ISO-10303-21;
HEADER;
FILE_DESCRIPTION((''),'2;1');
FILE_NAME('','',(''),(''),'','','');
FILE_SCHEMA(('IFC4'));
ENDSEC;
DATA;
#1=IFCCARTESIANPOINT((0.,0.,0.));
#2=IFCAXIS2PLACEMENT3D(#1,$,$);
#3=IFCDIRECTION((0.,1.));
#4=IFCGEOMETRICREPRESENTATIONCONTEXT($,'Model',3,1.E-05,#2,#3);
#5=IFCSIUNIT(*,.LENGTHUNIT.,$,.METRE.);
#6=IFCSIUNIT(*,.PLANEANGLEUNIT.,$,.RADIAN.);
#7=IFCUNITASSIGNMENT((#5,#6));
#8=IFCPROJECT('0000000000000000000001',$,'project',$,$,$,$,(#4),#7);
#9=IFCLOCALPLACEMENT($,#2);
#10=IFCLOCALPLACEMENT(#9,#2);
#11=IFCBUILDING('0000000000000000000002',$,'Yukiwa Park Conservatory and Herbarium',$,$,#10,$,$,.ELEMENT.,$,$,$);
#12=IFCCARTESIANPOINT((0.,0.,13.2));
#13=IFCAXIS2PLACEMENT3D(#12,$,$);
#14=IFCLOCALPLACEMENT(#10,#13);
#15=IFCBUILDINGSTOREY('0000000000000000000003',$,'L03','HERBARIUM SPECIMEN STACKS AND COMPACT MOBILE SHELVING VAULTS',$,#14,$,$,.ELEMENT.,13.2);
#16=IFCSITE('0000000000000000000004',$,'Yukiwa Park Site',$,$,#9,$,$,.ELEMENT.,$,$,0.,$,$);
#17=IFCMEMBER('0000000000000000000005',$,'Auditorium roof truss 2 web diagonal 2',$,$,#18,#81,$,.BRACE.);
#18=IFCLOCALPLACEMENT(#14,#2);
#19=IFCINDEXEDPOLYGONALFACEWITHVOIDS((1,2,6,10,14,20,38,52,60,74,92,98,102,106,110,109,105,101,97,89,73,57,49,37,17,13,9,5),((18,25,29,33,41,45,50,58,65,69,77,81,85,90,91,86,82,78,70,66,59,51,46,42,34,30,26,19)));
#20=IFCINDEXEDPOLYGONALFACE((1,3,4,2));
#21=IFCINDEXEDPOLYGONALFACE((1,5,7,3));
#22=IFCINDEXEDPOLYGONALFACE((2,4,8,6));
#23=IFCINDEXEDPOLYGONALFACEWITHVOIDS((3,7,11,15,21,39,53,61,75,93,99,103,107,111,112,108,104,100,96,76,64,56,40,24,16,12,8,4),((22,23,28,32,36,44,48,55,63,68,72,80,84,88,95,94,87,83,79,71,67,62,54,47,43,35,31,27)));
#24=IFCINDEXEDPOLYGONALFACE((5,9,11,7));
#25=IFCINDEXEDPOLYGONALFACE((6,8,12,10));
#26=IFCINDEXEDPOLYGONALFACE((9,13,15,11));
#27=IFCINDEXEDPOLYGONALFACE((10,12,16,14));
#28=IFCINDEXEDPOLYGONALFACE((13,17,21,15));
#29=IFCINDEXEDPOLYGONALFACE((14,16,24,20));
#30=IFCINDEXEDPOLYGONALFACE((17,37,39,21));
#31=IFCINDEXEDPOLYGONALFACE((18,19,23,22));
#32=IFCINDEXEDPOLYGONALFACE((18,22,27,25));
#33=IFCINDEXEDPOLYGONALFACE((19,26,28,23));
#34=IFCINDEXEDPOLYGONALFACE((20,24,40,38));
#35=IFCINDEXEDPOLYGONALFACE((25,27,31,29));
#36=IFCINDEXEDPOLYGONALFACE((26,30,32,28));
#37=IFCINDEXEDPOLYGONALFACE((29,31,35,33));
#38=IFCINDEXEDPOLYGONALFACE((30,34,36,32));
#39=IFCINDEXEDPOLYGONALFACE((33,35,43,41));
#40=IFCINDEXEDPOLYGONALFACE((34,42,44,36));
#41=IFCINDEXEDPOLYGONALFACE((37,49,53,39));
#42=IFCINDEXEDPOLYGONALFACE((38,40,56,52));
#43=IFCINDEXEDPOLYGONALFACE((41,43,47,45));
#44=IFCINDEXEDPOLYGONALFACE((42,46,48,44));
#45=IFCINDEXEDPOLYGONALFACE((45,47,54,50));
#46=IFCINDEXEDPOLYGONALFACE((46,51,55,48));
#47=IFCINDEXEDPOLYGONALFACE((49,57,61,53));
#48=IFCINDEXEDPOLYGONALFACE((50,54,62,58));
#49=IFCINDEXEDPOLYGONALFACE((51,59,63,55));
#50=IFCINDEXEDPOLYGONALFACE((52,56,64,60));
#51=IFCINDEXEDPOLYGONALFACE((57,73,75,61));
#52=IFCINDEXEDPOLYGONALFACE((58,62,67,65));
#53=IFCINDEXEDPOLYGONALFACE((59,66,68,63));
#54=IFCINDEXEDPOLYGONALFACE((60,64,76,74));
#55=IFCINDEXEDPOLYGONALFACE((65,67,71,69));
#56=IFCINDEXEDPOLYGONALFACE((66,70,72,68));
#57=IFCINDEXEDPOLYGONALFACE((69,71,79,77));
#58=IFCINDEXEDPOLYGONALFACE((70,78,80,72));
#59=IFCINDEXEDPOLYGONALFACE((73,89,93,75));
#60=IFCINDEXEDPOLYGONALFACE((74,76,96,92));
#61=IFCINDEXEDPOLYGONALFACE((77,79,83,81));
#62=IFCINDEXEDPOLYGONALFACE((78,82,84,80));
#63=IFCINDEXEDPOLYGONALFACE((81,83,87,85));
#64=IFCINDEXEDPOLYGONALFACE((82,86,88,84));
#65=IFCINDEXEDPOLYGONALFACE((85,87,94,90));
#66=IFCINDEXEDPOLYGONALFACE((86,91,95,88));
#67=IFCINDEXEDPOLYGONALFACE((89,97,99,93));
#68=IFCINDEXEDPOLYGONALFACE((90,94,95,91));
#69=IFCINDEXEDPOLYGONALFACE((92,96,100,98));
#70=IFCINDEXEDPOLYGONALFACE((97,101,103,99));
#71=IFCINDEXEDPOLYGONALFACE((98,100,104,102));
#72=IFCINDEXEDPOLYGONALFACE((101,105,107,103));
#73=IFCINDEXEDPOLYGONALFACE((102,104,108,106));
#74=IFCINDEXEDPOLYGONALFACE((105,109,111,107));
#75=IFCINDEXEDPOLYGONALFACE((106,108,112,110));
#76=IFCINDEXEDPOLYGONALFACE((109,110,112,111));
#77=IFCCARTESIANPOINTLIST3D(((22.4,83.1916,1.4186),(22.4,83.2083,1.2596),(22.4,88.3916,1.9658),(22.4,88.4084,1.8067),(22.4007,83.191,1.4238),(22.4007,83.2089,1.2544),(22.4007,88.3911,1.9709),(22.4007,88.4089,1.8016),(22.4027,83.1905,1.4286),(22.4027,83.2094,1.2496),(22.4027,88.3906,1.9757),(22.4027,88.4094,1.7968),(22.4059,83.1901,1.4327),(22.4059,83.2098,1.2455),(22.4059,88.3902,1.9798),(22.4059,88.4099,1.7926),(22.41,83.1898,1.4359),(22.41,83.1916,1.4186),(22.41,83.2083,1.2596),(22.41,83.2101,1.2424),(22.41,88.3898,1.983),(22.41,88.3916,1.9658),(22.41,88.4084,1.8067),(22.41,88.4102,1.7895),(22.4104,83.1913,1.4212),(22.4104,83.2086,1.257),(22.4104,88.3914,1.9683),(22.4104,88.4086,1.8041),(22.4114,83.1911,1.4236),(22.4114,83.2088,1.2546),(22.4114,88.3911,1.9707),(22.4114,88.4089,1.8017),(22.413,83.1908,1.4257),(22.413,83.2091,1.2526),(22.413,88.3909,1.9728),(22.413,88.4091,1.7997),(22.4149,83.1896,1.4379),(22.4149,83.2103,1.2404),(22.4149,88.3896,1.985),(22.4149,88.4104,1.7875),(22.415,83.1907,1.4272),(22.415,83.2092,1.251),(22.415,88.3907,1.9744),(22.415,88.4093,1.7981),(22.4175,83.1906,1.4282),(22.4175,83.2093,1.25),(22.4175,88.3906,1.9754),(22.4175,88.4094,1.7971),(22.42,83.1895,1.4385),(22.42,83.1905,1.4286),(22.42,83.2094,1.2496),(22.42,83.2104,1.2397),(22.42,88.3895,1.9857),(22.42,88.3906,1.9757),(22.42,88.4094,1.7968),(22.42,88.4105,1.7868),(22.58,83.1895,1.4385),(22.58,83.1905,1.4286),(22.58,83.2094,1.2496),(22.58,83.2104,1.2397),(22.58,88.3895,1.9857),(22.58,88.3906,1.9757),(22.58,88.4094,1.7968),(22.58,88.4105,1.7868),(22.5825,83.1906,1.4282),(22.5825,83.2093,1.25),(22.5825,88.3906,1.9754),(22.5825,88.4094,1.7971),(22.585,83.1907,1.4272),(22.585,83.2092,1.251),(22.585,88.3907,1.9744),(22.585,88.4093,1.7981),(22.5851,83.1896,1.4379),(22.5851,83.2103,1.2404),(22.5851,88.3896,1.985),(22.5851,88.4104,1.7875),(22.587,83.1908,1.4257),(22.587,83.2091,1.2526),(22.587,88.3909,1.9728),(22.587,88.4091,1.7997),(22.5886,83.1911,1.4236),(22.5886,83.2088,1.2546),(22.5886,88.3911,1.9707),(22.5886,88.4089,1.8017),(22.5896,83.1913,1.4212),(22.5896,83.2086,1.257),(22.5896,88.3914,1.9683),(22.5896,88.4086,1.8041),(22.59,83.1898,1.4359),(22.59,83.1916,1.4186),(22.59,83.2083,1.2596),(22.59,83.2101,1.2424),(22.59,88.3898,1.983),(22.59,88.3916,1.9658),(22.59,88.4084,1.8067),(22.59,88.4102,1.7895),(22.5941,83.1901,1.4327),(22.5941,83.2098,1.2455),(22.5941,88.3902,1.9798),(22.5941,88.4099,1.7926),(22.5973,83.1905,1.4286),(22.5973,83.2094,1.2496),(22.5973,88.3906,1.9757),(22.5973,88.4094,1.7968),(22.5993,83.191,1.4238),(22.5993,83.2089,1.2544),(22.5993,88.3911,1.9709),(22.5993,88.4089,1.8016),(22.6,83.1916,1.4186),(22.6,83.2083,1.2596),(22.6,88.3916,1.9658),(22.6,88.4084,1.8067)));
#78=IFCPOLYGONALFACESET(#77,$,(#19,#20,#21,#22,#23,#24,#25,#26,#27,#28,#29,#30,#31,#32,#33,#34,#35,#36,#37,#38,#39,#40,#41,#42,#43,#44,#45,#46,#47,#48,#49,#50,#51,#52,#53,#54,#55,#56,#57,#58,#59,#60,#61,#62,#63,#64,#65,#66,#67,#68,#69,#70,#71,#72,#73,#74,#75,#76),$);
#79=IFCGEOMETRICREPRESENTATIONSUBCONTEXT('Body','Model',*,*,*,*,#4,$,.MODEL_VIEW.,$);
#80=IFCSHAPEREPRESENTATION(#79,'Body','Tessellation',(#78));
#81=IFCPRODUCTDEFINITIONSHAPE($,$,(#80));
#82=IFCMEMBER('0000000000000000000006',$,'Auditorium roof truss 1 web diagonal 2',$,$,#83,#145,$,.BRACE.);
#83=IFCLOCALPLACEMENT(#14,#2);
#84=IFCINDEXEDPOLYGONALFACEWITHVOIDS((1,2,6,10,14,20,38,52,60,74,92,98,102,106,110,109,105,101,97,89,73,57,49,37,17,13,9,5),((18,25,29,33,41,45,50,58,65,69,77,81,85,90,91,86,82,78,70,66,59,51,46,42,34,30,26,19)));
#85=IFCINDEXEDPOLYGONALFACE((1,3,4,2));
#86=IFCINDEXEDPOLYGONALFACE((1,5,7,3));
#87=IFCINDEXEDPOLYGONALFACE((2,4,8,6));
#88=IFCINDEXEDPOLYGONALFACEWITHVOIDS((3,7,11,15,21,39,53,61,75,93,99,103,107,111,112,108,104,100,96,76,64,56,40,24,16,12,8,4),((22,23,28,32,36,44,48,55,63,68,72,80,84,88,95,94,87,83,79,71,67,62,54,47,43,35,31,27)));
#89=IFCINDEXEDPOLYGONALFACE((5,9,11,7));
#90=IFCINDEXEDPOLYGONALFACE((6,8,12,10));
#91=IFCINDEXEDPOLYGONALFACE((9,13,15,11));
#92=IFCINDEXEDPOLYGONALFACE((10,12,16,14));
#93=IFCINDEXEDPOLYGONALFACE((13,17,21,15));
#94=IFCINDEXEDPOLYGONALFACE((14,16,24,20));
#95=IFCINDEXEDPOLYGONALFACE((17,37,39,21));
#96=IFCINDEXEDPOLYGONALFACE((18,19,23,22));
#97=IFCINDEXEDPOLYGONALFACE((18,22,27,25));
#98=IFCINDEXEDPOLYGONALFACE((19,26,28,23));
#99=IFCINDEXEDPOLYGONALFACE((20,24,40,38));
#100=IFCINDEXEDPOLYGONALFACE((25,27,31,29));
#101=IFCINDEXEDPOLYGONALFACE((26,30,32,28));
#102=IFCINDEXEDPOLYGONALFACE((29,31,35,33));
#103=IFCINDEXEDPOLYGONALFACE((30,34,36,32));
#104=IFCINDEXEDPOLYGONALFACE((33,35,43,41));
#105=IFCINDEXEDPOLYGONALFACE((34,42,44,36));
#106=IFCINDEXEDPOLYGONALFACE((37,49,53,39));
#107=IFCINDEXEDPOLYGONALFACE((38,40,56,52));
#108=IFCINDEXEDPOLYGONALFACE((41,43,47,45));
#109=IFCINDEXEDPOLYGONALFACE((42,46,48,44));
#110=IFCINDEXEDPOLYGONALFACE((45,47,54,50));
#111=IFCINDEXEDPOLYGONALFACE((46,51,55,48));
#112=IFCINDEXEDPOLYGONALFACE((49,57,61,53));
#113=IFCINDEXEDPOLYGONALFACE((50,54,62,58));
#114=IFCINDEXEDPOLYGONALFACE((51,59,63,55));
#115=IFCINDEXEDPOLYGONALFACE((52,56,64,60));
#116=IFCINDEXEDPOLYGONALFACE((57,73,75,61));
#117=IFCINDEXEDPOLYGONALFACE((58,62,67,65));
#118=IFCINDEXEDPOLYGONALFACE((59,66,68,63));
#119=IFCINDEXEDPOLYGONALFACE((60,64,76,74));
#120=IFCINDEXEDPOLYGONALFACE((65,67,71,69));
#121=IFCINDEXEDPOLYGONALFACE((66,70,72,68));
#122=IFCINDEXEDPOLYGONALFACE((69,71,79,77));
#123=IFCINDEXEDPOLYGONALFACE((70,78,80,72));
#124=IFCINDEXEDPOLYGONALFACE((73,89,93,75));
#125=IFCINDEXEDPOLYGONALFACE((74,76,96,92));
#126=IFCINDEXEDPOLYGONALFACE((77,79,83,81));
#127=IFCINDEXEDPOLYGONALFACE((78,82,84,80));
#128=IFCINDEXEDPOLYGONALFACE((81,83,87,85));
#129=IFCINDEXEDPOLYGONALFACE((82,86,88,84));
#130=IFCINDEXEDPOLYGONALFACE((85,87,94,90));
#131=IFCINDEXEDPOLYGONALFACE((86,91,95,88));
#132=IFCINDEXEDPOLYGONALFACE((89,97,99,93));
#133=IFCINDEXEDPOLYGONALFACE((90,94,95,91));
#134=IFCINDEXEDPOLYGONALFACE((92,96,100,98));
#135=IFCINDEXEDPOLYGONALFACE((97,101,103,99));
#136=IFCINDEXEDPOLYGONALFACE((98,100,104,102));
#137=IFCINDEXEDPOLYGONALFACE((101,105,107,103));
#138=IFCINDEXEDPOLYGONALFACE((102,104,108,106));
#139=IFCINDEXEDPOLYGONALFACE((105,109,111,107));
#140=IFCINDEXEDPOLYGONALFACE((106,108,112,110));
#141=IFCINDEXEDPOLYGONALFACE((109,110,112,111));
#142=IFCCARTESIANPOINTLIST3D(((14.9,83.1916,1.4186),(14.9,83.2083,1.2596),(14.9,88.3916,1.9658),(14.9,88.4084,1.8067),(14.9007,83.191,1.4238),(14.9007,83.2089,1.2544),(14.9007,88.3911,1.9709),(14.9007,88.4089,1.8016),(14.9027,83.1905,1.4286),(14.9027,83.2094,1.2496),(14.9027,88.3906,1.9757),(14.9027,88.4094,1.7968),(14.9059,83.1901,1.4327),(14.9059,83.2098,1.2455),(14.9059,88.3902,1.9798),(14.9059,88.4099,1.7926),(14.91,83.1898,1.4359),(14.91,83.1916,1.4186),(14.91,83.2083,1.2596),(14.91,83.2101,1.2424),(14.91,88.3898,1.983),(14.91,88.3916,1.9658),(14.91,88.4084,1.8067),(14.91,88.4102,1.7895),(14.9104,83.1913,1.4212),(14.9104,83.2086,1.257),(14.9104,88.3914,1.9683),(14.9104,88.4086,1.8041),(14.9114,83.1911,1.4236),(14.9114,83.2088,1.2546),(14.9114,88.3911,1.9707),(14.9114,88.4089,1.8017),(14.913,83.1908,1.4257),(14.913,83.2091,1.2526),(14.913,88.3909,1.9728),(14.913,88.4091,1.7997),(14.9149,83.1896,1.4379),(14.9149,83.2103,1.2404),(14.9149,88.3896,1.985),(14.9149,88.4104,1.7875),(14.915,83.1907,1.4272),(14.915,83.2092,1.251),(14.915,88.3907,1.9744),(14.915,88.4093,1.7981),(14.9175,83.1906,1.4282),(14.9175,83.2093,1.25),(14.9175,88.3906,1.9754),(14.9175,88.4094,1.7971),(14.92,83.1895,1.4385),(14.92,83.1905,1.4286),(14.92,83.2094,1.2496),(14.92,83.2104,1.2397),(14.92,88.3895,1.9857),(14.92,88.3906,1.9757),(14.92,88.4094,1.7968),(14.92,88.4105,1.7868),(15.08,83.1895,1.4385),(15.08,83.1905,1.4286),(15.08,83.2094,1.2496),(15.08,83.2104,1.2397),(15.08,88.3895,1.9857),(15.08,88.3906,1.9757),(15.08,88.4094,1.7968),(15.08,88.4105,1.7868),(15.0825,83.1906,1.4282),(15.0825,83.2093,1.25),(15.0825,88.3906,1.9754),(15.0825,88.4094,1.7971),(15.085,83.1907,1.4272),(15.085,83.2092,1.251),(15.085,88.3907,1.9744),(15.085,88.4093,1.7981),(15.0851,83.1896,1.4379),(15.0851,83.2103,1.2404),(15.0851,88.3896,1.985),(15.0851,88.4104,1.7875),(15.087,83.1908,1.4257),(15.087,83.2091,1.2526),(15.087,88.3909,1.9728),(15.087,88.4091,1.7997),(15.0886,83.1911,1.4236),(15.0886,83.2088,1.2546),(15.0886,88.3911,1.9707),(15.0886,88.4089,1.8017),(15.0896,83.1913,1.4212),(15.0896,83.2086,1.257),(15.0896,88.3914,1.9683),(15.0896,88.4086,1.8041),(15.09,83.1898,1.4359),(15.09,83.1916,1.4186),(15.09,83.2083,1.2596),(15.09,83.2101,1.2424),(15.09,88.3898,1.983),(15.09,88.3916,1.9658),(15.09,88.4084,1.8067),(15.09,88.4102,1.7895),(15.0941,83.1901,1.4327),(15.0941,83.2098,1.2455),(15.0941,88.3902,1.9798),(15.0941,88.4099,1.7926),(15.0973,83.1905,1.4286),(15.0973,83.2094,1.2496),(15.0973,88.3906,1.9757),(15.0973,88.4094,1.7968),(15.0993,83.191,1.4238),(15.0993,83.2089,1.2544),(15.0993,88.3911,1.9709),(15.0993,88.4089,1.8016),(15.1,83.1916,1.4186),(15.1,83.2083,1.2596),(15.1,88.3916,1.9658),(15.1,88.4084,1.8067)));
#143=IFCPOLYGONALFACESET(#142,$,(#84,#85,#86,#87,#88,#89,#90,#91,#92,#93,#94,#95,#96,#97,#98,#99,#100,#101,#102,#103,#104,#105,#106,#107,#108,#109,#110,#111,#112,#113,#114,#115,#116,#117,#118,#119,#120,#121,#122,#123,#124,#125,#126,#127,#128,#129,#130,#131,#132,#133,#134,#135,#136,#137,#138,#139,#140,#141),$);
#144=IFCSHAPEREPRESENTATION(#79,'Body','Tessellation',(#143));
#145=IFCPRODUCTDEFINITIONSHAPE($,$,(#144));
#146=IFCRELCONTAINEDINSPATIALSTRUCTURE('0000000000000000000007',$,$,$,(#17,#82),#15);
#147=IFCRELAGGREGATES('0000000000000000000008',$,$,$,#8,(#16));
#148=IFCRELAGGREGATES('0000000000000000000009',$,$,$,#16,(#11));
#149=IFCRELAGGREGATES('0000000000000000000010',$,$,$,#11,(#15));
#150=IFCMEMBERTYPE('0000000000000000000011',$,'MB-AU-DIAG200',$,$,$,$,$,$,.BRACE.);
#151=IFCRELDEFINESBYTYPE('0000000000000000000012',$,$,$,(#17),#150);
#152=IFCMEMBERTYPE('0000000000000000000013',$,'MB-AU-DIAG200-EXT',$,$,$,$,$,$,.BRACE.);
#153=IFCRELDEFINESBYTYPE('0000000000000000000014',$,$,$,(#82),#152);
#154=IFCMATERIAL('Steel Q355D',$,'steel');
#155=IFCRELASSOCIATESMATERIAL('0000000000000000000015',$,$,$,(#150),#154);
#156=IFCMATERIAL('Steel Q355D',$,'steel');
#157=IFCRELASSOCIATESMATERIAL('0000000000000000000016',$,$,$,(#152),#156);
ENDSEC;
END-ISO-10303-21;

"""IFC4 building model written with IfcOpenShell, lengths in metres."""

from ifc_helpers import new_model, si_unit, direction, frame, origin, origin_2d, place, context, subcontext, project, spatial, hollow_rectangle, extrude, material, material_profile, profile_set, type_object, element, save


model = new_model("IFC4")

# Units and contexts
model_context = context("Model", 3, precision=1e-05, world=origin(), true_north=direction((0.0, 1.0)))
body_context = subcontext(model_context, "Body", "Model", "MODEL_VIEW")
ifc_project = project(units=[si_unit("LENGTHUNIT", "METRE"), si_unit("PLANEANGLEUNIT", "RADIAN")], contexts=[model_context])

# Site, building, storey
site_placement = place(None, origin())
site = spatial("IfcSite", under=ifc_project, at=site_placement, Name="Yukiwa Park Site", CompositionType="ELEMENT", RefElevation=0.0)
building_placement = place(site_placement, origin())
building = spatial("IfcBuilding", under=site, at=building_placement, Name="Yukiwa Park Conservatory and Herbarium", CompositionType="ELEMENT")
storey_placement = place(building_placement, frame((0.0, 0.0, 13.2)))
storey = spatial("IfcBuildingStorey", under=building, at=storey_placement, Name="L03", Description="HERBARIUM SPECIMEN STACKS AND COMPACT MOBILE SHELVING VAULTS", CompositionType="ELEMENT", Elevation=13.2)

# Members
ifc_material_1 = material(Name="Steel Q355D", Category="steel")
ifc_material_profile_1 = material_profile(ifc_material_1, hollow_rectangle(XDim=0.2, YDim=0.2, WallThickness=0.01, InnerFilletRadius=0.01, OuterFilletRadius=0.02, at=origin_2d()), Name="SHS 200x200x10")
ifc_profile_set_1 = profile_set([ifc_material_profile_1], Name="Steel Q355D")
member_type_1 = type_object("IfcMemberType", Name="MB-AU-DIAG200", PredefinedType="BRACE", material=ifc_profile_set_1)
member_1_placement = place(storey_placement, frame((22.5, 83.2, 1.3391), z_axis=(0.0, 0.99451, 0.104639), x_axis=(-1.0, 0.0, 0.0)))
element("IfcMember", 1, at=member_1_placement, inside=storey, type_object=member_type_1, Name="Auditorium roof truss 2 web diagonal 2", PredefinedType="BRACE", context=body_context, shape_type="SweptSolid", body=[
    extrude(hollow_rectangle(XDim=0.2, YDim=0.2, WallThickness=0.01, InnerFilletRadius=0.01, OuterFilletRadius=0.02, at=origin_2d()), origin(), (0.0, 0.0, 1.0), 5.2288),
])
ifc_material_2 = material(Name="Steel Q355D", Category="steel")
ifc_material_profile_2 = material_profile(ifc_material_2, hollow_rectangle(XDim=0.2, YDim=0.2, WallThickness=0.01, InnerFilletRadius=0.01, OuterFilletRadius=0.02, at=origin_2d()), Name="SHS 200x200x10")
ifc_profile_set_2 = profile_set([ifc_material_profile_2], Name="Steel Q355D")
member_type_2 = type_object("IfcMemberType", Name="MB-AU-DIAG200-EXT", PredefinedType="BRACE", material=ifc_profile_set_2)
member_2_placement = place(storey_placement, frame((15.0, 83.2, 1.3391), z_axis=(0.0, 0.99451, 0.104639), x_axis=(-1.0, 0.0, 0.0)))
element("IfcMember", 2, at=member_2_placement, inside=storey, type_object=member_type_2, Name="Auditorium roof truss 1 web diagonal 2", PredefinedType="BRACE", context=body_context, shape_type="SweptSolid", body=[
    extrude(hollow_rectangle(XDim=0.2, YDim=0.2, WallThickness=0.01, InnerFilletRadius=0.01, OuterFilletRadius=0.02, at=origin_2d()), origin(), (0.0, 0.0, 1.0), 5.2288),
])

save(model, "model.ifc")
